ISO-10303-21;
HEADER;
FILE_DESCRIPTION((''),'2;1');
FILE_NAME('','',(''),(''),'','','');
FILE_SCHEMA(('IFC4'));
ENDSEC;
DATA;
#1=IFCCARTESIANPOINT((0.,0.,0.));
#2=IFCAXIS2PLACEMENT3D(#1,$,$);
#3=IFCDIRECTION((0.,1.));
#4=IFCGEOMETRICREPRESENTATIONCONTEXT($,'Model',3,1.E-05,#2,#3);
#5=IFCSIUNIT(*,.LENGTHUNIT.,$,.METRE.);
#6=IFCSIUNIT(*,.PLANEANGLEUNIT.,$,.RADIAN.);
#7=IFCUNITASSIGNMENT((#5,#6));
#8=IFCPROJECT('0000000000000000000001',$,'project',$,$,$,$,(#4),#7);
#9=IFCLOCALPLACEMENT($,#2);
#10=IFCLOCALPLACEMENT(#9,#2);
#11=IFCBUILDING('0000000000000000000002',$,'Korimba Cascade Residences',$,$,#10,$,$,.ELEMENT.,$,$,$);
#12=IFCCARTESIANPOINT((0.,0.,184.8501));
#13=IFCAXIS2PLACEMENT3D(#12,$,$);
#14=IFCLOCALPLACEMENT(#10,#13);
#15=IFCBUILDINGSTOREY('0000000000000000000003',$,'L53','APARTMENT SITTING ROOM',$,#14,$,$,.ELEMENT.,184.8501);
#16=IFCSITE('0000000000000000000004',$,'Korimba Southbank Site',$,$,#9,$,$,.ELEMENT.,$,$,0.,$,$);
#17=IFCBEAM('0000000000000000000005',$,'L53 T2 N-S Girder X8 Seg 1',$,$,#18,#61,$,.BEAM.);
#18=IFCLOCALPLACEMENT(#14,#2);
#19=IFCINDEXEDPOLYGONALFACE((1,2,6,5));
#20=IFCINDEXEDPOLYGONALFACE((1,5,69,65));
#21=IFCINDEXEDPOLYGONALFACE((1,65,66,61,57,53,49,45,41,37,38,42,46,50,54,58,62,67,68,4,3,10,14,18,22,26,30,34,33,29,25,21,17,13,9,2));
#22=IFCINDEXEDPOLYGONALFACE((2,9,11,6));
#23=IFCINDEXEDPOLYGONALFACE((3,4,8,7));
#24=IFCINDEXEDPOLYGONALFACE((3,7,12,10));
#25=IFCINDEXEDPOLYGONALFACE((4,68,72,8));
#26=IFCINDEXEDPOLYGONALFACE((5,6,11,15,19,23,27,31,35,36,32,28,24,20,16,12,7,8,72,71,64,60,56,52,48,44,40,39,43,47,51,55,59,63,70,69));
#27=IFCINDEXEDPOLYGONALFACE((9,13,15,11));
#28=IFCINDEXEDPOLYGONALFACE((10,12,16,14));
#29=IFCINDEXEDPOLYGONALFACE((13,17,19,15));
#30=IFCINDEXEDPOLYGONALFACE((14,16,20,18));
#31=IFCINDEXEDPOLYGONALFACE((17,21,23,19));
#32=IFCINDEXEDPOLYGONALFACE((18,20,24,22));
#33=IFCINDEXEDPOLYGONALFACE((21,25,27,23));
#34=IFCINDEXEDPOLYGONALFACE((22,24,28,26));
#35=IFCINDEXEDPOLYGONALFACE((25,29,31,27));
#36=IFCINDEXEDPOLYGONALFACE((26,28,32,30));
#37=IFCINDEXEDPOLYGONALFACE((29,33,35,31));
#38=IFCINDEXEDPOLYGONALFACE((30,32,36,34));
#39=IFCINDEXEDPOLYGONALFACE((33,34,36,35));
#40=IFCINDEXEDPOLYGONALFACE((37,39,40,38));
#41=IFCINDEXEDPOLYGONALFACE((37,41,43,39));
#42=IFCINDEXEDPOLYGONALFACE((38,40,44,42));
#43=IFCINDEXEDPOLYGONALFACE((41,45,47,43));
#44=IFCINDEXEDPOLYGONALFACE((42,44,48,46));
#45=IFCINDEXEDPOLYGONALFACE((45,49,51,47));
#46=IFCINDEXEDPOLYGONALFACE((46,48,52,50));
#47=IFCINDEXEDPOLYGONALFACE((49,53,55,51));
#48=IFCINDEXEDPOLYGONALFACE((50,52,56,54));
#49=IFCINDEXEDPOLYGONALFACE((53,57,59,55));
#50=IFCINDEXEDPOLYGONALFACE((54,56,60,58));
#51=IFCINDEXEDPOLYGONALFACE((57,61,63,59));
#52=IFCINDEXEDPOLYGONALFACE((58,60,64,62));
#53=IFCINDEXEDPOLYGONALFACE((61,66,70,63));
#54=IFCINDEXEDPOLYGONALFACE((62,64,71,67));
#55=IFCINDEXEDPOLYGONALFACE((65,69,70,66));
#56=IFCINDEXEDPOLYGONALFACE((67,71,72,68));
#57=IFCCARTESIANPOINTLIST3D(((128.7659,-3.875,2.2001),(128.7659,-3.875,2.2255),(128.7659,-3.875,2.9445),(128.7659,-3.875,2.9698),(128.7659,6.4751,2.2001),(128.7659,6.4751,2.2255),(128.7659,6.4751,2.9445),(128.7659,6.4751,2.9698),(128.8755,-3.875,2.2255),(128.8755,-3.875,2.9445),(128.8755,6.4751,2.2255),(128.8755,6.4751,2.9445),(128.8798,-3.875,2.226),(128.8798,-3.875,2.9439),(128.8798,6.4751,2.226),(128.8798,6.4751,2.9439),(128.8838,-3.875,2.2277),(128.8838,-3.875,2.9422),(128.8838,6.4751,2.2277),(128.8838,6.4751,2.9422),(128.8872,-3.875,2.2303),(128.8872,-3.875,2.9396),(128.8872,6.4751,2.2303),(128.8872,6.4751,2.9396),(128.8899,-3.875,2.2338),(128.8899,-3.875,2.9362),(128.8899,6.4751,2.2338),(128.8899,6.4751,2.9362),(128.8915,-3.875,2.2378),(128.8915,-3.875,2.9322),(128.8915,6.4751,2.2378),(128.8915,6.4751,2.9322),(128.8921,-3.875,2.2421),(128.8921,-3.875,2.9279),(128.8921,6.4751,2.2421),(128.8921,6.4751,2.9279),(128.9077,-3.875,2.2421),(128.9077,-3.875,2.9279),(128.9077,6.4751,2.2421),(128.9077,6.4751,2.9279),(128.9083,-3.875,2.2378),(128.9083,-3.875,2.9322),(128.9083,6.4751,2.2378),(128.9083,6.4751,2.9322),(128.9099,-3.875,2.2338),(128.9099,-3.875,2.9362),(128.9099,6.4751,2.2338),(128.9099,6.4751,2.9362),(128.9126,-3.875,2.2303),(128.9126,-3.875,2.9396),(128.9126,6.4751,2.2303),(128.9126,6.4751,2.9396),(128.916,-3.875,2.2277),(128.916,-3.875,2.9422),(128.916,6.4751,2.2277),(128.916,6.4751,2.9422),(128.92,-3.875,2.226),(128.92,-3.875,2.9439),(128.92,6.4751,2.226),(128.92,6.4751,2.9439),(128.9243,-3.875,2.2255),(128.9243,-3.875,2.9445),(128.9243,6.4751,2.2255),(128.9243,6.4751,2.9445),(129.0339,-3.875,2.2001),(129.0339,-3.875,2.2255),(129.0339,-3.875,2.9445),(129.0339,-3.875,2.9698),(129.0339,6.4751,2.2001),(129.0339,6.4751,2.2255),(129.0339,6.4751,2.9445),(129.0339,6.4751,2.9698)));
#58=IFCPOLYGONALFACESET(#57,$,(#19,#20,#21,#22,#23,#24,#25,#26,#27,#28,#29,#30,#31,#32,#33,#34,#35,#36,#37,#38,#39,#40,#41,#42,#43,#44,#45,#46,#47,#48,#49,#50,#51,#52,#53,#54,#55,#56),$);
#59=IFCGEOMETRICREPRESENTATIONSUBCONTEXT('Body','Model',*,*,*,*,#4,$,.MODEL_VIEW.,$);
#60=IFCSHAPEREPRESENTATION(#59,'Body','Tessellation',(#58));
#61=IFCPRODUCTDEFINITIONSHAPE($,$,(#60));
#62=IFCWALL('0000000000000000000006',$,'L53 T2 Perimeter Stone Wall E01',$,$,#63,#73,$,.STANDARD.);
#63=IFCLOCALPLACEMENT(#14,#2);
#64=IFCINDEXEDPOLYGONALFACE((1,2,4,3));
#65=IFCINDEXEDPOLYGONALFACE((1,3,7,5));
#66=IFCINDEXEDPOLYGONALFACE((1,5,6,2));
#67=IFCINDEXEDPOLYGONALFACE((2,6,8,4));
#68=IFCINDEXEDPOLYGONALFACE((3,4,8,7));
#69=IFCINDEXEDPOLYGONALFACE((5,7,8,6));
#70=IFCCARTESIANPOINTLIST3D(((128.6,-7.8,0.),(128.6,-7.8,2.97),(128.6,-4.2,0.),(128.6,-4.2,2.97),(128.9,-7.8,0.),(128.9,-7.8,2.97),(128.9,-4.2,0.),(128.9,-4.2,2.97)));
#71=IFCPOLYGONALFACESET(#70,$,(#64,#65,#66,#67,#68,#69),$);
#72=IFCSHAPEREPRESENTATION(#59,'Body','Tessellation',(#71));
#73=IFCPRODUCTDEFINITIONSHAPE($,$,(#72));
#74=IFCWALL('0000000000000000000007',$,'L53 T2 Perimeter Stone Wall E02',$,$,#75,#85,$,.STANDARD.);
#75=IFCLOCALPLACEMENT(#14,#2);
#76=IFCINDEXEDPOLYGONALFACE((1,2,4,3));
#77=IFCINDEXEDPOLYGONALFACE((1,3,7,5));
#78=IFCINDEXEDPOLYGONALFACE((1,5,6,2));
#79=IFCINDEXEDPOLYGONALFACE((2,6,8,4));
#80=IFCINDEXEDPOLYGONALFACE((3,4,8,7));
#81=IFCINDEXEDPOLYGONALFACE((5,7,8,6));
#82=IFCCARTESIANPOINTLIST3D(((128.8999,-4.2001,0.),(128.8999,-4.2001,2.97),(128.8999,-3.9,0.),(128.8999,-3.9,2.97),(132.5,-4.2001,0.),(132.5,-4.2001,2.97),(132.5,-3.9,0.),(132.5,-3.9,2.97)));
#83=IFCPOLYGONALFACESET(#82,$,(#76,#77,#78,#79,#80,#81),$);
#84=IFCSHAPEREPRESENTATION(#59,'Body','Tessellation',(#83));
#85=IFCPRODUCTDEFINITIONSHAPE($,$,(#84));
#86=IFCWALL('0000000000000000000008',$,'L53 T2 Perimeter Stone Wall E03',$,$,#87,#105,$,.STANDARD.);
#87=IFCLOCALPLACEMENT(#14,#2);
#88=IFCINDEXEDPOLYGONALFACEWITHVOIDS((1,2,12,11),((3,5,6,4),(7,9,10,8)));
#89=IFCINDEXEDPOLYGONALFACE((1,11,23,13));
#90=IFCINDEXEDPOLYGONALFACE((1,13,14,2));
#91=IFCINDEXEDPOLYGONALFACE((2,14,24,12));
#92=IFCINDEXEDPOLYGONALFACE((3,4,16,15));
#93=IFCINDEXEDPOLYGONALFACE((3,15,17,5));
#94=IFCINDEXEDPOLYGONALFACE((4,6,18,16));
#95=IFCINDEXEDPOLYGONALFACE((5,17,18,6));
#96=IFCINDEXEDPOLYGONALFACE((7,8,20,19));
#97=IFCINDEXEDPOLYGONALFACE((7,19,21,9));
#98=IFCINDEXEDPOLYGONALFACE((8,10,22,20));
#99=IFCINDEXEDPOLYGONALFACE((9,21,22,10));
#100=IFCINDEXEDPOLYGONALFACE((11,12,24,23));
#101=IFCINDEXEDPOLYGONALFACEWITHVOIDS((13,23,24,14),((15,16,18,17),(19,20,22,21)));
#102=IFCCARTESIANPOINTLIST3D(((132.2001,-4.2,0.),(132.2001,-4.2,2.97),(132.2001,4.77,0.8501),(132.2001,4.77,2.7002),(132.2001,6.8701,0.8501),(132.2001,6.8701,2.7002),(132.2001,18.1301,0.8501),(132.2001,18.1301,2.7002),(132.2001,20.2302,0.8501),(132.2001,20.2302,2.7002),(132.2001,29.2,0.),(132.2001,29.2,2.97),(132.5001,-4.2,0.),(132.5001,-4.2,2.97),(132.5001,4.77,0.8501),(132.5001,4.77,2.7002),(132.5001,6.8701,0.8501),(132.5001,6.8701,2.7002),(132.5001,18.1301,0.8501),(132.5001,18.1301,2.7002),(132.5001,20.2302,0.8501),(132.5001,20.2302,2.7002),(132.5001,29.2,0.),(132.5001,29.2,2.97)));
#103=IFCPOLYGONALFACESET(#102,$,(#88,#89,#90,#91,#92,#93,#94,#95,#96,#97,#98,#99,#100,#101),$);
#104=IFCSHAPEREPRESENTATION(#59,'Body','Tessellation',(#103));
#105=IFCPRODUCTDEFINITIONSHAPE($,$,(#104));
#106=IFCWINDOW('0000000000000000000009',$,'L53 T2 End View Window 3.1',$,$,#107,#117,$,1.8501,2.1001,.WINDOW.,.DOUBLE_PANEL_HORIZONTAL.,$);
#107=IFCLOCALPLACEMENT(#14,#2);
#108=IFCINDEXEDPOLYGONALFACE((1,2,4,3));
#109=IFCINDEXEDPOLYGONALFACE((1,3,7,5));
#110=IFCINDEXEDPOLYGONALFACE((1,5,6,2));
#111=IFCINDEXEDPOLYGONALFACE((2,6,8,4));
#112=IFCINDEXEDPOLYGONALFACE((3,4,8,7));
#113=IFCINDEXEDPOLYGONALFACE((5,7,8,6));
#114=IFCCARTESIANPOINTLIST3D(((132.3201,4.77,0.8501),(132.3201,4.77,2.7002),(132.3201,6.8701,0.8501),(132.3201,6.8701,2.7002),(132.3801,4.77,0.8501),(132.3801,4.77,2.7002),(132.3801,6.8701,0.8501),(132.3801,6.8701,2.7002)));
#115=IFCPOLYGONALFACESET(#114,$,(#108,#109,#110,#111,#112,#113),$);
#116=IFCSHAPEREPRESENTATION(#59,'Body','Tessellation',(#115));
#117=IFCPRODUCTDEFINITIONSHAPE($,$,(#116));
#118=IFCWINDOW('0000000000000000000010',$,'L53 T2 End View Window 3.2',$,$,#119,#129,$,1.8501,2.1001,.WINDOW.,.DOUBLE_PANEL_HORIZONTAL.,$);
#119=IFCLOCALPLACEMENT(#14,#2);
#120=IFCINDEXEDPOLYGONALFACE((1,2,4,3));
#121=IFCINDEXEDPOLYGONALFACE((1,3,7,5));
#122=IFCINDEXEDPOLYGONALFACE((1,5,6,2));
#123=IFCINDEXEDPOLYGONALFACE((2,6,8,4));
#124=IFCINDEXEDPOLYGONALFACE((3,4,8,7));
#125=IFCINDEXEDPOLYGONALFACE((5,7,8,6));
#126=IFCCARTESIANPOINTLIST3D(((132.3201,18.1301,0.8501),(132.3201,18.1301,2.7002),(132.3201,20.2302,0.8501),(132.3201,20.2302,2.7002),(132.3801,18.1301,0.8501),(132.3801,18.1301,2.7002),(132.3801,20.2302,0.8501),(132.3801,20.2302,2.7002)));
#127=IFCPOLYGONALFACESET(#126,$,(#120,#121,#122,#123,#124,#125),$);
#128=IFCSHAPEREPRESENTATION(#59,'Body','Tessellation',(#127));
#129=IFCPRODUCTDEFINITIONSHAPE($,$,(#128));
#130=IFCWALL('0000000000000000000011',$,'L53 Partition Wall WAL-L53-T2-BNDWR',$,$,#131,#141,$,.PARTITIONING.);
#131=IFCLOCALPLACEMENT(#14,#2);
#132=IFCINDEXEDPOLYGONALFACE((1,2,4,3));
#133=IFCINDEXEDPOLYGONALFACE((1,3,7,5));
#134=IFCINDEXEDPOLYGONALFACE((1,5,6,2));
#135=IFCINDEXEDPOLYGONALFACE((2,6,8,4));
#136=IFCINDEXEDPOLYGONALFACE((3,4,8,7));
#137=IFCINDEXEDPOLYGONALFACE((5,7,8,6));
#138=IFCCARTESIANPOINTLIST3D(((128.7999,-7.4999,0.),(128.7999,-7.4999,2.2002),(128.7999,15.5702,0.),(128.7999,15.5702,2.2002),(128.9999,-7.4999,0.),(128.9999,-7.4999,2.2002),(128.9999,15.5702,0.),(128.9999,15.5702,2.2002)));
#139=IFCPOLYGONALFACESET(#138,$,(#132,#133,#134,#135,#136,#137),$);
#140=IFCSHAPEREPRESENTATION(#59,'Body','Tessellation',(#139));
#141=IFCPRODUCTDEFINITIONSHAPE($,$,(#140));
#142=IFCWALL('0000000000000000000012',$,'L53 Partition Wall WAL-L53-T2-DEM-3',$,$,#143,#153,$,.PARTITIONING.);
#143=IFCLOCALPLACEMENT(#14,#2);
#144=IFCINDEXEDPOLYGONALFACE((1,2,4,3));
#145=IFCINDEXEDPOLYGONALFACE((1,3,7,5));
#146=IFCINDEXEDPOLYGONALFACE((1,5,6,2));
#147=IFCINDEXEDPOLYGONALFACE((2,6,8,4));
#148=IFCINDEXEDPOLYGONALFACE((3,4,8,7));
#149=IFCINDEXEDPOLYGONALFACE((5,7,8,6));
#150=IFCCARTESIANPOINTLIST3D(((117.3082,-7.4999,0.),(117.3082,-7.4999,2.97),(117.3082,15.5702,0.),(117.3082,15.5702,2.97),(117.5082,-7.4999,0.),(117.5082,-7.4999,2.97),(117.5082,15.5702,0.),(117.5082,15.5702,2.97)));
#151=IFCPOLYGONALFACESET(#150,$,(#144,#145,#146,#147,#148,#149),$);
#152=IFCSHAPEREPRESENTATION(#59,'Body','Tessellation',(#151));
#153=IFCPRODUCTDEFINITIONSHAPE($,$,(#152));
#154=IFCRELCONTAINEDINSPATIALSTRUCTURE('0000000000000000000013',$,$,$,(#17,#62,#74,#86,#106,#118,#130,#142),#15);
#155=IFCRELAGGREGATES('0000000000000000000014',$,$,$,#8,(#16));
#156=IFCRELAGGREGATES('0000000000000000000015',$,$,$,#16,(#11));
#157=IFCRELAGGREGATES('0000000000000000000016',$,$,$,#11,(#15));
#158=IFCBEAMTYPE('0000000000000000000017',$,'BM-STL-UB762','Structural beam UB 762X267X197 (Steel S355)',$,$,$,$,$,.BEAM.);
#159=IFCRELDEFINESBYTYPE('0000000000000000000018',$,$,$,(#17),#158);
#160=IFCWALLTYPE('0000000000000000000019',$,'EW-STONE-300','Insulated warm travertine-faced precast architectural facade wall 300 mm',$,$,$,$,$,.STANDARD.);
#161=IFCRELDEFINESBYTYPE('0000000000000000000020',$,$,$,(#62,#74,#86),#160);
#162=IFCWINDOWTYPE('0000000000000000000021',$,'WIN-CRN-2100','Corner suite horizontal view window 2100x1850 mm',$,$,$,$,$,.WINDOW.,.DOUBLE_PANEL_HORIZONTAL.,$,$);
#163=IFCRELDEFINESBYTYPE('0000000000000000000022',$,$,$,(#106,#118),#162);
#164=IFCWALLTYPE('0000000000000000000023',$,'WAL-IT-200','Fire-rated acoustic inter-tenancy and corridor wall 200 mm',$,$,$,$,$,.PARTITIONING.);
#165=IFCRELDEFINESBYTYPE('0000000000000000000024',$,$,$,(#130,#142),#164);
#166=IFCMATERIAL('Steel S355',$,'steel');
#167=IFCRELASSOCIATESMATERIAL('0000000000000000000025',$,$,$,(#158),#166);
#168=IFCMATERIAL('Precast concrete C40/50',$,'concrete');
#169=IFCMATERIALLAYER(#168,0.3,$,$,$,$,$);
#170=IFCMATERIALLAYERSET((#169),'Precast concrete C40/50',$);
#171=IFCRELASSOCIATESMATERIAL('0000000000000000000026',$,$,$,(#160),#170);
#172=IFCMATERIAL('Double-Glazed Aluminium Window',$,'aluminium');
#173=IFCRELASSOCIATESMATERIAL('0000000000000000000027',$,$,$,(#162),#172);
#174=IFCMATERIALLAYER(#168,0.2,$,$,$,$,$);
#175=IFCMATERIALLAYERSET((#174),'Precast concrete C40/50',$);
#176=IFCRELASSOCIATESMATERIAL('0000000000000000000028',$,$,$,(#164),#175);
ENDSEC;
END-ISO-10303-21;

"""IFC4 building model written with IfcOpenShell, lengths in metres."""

from ifc_helpers import new_model, si_unit, direction, frame, frame_2d, origin, origin_2d, place, context, subcontext, project, spatial, rectangle, i_section, extrude, material, layer, layer_set, material_profile, profile_set, type_object, element, fill, save


model = new_model("IFC4")

# Units and contexts
model_context = context("Model", 3, precision=1e-05, world=origin(), true_north=direction((0.0, 1.0)))
body_context = subcontext(model_context, "Body", "Model", "MODEL_VIEW")
ifc_project = project(units=[si_unit("LENGTHUNIT", "METRE"), si_unit("PLANEANGLEUNIT", "RADIAN")], contexts=[model_context])

# Site, building, storey
site_placement = place(None, origin())
site = spatial("IfcSite", under=ifc_project, at=site_placement, Name="Korimba Southbank Site", CompositionType="ELEMENT", RefElevation=0.0)
building_placement = place(site_placement, origin())
building = spatial("IfcBuilding", under=site, at=building_placement, Name="Korimba Cascade Residences", CompositionType="ELEMENT")
storey_placement = place(building_placement, frame((0.0, 0.0, 184.8501)))
storey = spatial("IfcBuildingStorey", under=building, at=storey_placement, Name="L53", Description="APARTMENT SITTING ROOM", CompositionType="ELEMENT", Elevation=184.8501)

# Beam
ifc_material_1 = material(Name="Steel S355", Category="steel")
ifc_material_profile_1 = material_profile(ifc_material_1, i_section(OverallWidth=0.2681, OverallDepth=0.7698, WebThickness=0.0156, FlangeThickness=0.0254, FilletRadius=0.0166, at=origin_2d()), Name="Steel S355")
ifc_profile_set_1 = profile_set([ifc_material_profile_1], Name="Steel S355")
beam_type_1 = type_object("IfcBeamType", Name="BM-STL-UB762", Description="Structural beam UB 762X267X197 (Steel S355)", PredefinedType="BEAM", material=ifc_profile_set_1)
for number, where, z_axis, x_axis, name in (
    (1, (128.8999, -3.875, 2.585), (0.0, 1.0, 0.0), (-1.0, 0.0, 0.0), "L53 T2 N-S Girder X8 Seg 1"),
):
    element("IfcBeam", number, at=place(storey_placement, frame(where, z_axis=z_axis, x_axis=x_axis)), inside=storey, type_object=beam_type_1, Name=name, PredefinedType="BEAM", context=body_context, shape_type="SweptSolid", body=[
        extrude(i_section(OverallWidth=0.2681, OverallDepth=0.7698, WebThickness=0.0156, FlangeThickness=0.0254, FilletRadius=0.0166, at=origin_2d()), origin(), (0.0, 0.0, 1.0), 10.3501),
    ])

# Walls
ifc_material_2 = material(Name="Precast concrete C40/50", Category="concrete")
ifc_layer_1 = layer(ifc_material_2, 0.3)
ifc_layer_set_1 = layer_set([ifc_layer_1], Name="Precast concrete C40/50")
wall_type_1 = type_object("IfcWallType", Name="EW-STONE-300", Description="Insulated warm travertine-faced precast architectural facade wall 300 mm", PredefinedType="STANDARD", material=ifc_layer_set_1)
for number, where, z_axis, x_axis, name in (
    (2, (128.75, -7.8, 0.0), (0.0, 0.0, 1.0), (0.0, 1.0, 0.0), "L53 T2 Perimeter Stone Wall E01"),
    (3, (128.8999, -4.05, 0.0), (0.0, 0.0, 1.0), (1.0, 0.0, 0.0), "L53 T2 Perimeter Stone Wall E02"),
):
    element("IfcWall", number, at=place(storey_placement, frame(where, z_axis=z_axis, x_axis=x_axis)), inside=storey, type_object=wall_type_1, Name=name, PredefinedType="STANDARD", context=body_context, shape_type="SweptSolid", body=[
        extrude(rectangle(XDim=3.6001, YDim=0.3, at=frame_2d((1.8, 0.0))), origin(), (0.0, 0.0, 1.0), 2.97),
    ])

# Wall, openings, windows
wall_1_placement = place(storey_placement, frame((132.3501, -4.2, 0.0), z_axis=(0.0, 0.0, 1.0), x_axis=(0.0, 1.0, 0.0)))
wall_1 = element("IfcWall", 4, at=wall_1_placement, inside=storey, type_object=wall_type_1, Name="L53 T2 Perimeter Stone Wall E03", PredefinedType="STANDARD", context=body_context, shape_type="SweptSolid", body=[
    extrude(rectangle(XDim=33.3999, YDim=0.3, at=frame_2d((16.7, 0.0))), origin(), (0.0, 0.0, 1.0), 2.97),
])
opening_1_placement = place(wall_1_placement, frame((8.97, 0.0, 0.8501)))
opening_1 = element("IfcOpeningElement", 5, at=opening_1_placement, cuts=wall_1, PredefinedType="OPENING", context=body_context, shape_type="SweptSolid", body=[
    extrude(rectangle(XDim=2.1001, YDim=1.8501, at=frame_2d((1.05, 0.925))), frame((0.0, 0.1602, 0.0), z_axis=(0.0, -1.0, 0.0), x_axis=(1.0, 0.0, 0.0)), (0.0, 0.0, 1.0), 0.3201),
])
opening_2_placement = place(wall_1_placement, frame((22.3301, 0.0, 0.8501)))
opening_2 = element("IfcOpeningElement", 6, at=opening_2_placement, cuts=wall_1, PredefinedType="OPENING", context=body_context, shape_type="SweptSolid", body=[
    extrude(rectangle(XDim=2.1001, YDim=1.8501, at=frame_2d((1.05, 0.925))), frame((0.0, 0.1602, 0.0), z_axis=(0.0, -1.0, 0.0), x_axis=(1.0, 0.0, 0.0)), (0.0, 0.0, 1.0), 0.3201),
])
ifc_material_3 = material(Name="Double-Glazed Aluminium Window", Category="aluminium")
window_type = type_object("IfcWindowType", Name="WIN-CRN-2100", Description="Corner suite horizontal view window 2100x1850 mm", PartitioningType="DOUBLE_PANEL_HORIZONTAL", PredefinedType="WINDOW", material=ifc_material_3)
window_1_placement = place(opening_1_placement, origin())
window_1 = element("IfcWindow", 7, at=window_1_placement, inside=storey, type_object=window_type, Name="L53 T2 End View Window 3.1", OverallHeight=1.8501, OverallWidth=2.1001, PartitioningType="DOUBLE_PANEL_HORIZONTAL", PredefinedType="WINDOW", context=body_context, shape_type="SweptSolid", body=[
    extrude(rectangle(XDim=2.1001, YDim=1.8501, at=frame_2d((1.05, 0.925))), frame((0.0, 0.03, 0.0), z_axis=(0.0, -1.0, 0.0), x_axis=(1.0, 0.0, 0.0)), (0.0, 0.0, 1.0), 0.0601),
])
fill(opening_1, window_1)
window_2_placement = place(opening_2_placement, origin())
window_2 = element("IfcWindow", 8, at=window_2_placement, inside=storey, type_object=window_type, Name="L53 T2 End View Window 3.2", OverallHeight=1.8501, OverallWidth=2.1001, PartitioningType="DOUBLE_PANEL_HORIZONTAL", PredefinedType="WINDOW", context=body_context, shape_type="SweptSolid", body=[
    extrude(rectangle(XDim=2.1001, YDim=1.8501, at=frame_2d((1.05, 0.925))), frame((0.0, 0.03, 0.0), z_axis=(0.0, -1.0, 0.0), x_axis=(1.0, 0.0, 0.0)), (0.0, 0.0, 1.0), 0.0601),
])
fill(opening_2, window_2)

# Walls
ifc_layer_2 = layer(ifc_material_2, 0.2)
ifc_layer_set_2 = layer_set([ifc_layer_2], Name="Precast concrete C40/50")
wall_type_2 = type_object("IfcWallType", Name="WAL-IT-200", Description="Fire-rated acoustic inter-tenancy and corridor wall 200 mm", PredefinedType="PARTITIONING", material=ifc_layer_set_2)
wall_2_placement = place(storey_placement, frame((128.8999, -7.5, 0.0), z_axis=(0.0, 0.0, 1.0), x_axis=(0.0, 1.0, 0.0)))
element("IfcWall", 9, at=wall_2_placement, inside=storey, type_object=wall_type_2, Name="L53 Partition Wall WAL-L53-T2-BNDWR", PredefinedType="PARTITIONING", context=body_context, shape_type="SweptSolid", body=[
    extrude(rectangle(XDim=23.0701, YDim=0.2, at=frame_2d((11.5352, 0.0))), origin(), (0.0, 0.0, 1.0), 2.2002),
])
wall_3_placement = place(storey_placement, frame((117.4082, -7.5, 0.0), z_axis=(0.0, 0.0, 1.0), x_axis=(0.0, 1.0, 0.0)))
element("IfcWall", 10, at=wall_3_placement, inside=storey, type_object=wall_type_2, Name="L53 Partition Wall WAL-L53-T2-DEM-3", PredefinedType="PARTITIONING", context=body_context, shape_type="SweptSolid", body=[
    extrude(rectangle(XDim=23.0701, YDim=0.2, at=frame_2d((11.5352, 0.0))), origin(), (0.0, 0.0, 1.0), 2.97),
])

save(model, "model.ifc")
